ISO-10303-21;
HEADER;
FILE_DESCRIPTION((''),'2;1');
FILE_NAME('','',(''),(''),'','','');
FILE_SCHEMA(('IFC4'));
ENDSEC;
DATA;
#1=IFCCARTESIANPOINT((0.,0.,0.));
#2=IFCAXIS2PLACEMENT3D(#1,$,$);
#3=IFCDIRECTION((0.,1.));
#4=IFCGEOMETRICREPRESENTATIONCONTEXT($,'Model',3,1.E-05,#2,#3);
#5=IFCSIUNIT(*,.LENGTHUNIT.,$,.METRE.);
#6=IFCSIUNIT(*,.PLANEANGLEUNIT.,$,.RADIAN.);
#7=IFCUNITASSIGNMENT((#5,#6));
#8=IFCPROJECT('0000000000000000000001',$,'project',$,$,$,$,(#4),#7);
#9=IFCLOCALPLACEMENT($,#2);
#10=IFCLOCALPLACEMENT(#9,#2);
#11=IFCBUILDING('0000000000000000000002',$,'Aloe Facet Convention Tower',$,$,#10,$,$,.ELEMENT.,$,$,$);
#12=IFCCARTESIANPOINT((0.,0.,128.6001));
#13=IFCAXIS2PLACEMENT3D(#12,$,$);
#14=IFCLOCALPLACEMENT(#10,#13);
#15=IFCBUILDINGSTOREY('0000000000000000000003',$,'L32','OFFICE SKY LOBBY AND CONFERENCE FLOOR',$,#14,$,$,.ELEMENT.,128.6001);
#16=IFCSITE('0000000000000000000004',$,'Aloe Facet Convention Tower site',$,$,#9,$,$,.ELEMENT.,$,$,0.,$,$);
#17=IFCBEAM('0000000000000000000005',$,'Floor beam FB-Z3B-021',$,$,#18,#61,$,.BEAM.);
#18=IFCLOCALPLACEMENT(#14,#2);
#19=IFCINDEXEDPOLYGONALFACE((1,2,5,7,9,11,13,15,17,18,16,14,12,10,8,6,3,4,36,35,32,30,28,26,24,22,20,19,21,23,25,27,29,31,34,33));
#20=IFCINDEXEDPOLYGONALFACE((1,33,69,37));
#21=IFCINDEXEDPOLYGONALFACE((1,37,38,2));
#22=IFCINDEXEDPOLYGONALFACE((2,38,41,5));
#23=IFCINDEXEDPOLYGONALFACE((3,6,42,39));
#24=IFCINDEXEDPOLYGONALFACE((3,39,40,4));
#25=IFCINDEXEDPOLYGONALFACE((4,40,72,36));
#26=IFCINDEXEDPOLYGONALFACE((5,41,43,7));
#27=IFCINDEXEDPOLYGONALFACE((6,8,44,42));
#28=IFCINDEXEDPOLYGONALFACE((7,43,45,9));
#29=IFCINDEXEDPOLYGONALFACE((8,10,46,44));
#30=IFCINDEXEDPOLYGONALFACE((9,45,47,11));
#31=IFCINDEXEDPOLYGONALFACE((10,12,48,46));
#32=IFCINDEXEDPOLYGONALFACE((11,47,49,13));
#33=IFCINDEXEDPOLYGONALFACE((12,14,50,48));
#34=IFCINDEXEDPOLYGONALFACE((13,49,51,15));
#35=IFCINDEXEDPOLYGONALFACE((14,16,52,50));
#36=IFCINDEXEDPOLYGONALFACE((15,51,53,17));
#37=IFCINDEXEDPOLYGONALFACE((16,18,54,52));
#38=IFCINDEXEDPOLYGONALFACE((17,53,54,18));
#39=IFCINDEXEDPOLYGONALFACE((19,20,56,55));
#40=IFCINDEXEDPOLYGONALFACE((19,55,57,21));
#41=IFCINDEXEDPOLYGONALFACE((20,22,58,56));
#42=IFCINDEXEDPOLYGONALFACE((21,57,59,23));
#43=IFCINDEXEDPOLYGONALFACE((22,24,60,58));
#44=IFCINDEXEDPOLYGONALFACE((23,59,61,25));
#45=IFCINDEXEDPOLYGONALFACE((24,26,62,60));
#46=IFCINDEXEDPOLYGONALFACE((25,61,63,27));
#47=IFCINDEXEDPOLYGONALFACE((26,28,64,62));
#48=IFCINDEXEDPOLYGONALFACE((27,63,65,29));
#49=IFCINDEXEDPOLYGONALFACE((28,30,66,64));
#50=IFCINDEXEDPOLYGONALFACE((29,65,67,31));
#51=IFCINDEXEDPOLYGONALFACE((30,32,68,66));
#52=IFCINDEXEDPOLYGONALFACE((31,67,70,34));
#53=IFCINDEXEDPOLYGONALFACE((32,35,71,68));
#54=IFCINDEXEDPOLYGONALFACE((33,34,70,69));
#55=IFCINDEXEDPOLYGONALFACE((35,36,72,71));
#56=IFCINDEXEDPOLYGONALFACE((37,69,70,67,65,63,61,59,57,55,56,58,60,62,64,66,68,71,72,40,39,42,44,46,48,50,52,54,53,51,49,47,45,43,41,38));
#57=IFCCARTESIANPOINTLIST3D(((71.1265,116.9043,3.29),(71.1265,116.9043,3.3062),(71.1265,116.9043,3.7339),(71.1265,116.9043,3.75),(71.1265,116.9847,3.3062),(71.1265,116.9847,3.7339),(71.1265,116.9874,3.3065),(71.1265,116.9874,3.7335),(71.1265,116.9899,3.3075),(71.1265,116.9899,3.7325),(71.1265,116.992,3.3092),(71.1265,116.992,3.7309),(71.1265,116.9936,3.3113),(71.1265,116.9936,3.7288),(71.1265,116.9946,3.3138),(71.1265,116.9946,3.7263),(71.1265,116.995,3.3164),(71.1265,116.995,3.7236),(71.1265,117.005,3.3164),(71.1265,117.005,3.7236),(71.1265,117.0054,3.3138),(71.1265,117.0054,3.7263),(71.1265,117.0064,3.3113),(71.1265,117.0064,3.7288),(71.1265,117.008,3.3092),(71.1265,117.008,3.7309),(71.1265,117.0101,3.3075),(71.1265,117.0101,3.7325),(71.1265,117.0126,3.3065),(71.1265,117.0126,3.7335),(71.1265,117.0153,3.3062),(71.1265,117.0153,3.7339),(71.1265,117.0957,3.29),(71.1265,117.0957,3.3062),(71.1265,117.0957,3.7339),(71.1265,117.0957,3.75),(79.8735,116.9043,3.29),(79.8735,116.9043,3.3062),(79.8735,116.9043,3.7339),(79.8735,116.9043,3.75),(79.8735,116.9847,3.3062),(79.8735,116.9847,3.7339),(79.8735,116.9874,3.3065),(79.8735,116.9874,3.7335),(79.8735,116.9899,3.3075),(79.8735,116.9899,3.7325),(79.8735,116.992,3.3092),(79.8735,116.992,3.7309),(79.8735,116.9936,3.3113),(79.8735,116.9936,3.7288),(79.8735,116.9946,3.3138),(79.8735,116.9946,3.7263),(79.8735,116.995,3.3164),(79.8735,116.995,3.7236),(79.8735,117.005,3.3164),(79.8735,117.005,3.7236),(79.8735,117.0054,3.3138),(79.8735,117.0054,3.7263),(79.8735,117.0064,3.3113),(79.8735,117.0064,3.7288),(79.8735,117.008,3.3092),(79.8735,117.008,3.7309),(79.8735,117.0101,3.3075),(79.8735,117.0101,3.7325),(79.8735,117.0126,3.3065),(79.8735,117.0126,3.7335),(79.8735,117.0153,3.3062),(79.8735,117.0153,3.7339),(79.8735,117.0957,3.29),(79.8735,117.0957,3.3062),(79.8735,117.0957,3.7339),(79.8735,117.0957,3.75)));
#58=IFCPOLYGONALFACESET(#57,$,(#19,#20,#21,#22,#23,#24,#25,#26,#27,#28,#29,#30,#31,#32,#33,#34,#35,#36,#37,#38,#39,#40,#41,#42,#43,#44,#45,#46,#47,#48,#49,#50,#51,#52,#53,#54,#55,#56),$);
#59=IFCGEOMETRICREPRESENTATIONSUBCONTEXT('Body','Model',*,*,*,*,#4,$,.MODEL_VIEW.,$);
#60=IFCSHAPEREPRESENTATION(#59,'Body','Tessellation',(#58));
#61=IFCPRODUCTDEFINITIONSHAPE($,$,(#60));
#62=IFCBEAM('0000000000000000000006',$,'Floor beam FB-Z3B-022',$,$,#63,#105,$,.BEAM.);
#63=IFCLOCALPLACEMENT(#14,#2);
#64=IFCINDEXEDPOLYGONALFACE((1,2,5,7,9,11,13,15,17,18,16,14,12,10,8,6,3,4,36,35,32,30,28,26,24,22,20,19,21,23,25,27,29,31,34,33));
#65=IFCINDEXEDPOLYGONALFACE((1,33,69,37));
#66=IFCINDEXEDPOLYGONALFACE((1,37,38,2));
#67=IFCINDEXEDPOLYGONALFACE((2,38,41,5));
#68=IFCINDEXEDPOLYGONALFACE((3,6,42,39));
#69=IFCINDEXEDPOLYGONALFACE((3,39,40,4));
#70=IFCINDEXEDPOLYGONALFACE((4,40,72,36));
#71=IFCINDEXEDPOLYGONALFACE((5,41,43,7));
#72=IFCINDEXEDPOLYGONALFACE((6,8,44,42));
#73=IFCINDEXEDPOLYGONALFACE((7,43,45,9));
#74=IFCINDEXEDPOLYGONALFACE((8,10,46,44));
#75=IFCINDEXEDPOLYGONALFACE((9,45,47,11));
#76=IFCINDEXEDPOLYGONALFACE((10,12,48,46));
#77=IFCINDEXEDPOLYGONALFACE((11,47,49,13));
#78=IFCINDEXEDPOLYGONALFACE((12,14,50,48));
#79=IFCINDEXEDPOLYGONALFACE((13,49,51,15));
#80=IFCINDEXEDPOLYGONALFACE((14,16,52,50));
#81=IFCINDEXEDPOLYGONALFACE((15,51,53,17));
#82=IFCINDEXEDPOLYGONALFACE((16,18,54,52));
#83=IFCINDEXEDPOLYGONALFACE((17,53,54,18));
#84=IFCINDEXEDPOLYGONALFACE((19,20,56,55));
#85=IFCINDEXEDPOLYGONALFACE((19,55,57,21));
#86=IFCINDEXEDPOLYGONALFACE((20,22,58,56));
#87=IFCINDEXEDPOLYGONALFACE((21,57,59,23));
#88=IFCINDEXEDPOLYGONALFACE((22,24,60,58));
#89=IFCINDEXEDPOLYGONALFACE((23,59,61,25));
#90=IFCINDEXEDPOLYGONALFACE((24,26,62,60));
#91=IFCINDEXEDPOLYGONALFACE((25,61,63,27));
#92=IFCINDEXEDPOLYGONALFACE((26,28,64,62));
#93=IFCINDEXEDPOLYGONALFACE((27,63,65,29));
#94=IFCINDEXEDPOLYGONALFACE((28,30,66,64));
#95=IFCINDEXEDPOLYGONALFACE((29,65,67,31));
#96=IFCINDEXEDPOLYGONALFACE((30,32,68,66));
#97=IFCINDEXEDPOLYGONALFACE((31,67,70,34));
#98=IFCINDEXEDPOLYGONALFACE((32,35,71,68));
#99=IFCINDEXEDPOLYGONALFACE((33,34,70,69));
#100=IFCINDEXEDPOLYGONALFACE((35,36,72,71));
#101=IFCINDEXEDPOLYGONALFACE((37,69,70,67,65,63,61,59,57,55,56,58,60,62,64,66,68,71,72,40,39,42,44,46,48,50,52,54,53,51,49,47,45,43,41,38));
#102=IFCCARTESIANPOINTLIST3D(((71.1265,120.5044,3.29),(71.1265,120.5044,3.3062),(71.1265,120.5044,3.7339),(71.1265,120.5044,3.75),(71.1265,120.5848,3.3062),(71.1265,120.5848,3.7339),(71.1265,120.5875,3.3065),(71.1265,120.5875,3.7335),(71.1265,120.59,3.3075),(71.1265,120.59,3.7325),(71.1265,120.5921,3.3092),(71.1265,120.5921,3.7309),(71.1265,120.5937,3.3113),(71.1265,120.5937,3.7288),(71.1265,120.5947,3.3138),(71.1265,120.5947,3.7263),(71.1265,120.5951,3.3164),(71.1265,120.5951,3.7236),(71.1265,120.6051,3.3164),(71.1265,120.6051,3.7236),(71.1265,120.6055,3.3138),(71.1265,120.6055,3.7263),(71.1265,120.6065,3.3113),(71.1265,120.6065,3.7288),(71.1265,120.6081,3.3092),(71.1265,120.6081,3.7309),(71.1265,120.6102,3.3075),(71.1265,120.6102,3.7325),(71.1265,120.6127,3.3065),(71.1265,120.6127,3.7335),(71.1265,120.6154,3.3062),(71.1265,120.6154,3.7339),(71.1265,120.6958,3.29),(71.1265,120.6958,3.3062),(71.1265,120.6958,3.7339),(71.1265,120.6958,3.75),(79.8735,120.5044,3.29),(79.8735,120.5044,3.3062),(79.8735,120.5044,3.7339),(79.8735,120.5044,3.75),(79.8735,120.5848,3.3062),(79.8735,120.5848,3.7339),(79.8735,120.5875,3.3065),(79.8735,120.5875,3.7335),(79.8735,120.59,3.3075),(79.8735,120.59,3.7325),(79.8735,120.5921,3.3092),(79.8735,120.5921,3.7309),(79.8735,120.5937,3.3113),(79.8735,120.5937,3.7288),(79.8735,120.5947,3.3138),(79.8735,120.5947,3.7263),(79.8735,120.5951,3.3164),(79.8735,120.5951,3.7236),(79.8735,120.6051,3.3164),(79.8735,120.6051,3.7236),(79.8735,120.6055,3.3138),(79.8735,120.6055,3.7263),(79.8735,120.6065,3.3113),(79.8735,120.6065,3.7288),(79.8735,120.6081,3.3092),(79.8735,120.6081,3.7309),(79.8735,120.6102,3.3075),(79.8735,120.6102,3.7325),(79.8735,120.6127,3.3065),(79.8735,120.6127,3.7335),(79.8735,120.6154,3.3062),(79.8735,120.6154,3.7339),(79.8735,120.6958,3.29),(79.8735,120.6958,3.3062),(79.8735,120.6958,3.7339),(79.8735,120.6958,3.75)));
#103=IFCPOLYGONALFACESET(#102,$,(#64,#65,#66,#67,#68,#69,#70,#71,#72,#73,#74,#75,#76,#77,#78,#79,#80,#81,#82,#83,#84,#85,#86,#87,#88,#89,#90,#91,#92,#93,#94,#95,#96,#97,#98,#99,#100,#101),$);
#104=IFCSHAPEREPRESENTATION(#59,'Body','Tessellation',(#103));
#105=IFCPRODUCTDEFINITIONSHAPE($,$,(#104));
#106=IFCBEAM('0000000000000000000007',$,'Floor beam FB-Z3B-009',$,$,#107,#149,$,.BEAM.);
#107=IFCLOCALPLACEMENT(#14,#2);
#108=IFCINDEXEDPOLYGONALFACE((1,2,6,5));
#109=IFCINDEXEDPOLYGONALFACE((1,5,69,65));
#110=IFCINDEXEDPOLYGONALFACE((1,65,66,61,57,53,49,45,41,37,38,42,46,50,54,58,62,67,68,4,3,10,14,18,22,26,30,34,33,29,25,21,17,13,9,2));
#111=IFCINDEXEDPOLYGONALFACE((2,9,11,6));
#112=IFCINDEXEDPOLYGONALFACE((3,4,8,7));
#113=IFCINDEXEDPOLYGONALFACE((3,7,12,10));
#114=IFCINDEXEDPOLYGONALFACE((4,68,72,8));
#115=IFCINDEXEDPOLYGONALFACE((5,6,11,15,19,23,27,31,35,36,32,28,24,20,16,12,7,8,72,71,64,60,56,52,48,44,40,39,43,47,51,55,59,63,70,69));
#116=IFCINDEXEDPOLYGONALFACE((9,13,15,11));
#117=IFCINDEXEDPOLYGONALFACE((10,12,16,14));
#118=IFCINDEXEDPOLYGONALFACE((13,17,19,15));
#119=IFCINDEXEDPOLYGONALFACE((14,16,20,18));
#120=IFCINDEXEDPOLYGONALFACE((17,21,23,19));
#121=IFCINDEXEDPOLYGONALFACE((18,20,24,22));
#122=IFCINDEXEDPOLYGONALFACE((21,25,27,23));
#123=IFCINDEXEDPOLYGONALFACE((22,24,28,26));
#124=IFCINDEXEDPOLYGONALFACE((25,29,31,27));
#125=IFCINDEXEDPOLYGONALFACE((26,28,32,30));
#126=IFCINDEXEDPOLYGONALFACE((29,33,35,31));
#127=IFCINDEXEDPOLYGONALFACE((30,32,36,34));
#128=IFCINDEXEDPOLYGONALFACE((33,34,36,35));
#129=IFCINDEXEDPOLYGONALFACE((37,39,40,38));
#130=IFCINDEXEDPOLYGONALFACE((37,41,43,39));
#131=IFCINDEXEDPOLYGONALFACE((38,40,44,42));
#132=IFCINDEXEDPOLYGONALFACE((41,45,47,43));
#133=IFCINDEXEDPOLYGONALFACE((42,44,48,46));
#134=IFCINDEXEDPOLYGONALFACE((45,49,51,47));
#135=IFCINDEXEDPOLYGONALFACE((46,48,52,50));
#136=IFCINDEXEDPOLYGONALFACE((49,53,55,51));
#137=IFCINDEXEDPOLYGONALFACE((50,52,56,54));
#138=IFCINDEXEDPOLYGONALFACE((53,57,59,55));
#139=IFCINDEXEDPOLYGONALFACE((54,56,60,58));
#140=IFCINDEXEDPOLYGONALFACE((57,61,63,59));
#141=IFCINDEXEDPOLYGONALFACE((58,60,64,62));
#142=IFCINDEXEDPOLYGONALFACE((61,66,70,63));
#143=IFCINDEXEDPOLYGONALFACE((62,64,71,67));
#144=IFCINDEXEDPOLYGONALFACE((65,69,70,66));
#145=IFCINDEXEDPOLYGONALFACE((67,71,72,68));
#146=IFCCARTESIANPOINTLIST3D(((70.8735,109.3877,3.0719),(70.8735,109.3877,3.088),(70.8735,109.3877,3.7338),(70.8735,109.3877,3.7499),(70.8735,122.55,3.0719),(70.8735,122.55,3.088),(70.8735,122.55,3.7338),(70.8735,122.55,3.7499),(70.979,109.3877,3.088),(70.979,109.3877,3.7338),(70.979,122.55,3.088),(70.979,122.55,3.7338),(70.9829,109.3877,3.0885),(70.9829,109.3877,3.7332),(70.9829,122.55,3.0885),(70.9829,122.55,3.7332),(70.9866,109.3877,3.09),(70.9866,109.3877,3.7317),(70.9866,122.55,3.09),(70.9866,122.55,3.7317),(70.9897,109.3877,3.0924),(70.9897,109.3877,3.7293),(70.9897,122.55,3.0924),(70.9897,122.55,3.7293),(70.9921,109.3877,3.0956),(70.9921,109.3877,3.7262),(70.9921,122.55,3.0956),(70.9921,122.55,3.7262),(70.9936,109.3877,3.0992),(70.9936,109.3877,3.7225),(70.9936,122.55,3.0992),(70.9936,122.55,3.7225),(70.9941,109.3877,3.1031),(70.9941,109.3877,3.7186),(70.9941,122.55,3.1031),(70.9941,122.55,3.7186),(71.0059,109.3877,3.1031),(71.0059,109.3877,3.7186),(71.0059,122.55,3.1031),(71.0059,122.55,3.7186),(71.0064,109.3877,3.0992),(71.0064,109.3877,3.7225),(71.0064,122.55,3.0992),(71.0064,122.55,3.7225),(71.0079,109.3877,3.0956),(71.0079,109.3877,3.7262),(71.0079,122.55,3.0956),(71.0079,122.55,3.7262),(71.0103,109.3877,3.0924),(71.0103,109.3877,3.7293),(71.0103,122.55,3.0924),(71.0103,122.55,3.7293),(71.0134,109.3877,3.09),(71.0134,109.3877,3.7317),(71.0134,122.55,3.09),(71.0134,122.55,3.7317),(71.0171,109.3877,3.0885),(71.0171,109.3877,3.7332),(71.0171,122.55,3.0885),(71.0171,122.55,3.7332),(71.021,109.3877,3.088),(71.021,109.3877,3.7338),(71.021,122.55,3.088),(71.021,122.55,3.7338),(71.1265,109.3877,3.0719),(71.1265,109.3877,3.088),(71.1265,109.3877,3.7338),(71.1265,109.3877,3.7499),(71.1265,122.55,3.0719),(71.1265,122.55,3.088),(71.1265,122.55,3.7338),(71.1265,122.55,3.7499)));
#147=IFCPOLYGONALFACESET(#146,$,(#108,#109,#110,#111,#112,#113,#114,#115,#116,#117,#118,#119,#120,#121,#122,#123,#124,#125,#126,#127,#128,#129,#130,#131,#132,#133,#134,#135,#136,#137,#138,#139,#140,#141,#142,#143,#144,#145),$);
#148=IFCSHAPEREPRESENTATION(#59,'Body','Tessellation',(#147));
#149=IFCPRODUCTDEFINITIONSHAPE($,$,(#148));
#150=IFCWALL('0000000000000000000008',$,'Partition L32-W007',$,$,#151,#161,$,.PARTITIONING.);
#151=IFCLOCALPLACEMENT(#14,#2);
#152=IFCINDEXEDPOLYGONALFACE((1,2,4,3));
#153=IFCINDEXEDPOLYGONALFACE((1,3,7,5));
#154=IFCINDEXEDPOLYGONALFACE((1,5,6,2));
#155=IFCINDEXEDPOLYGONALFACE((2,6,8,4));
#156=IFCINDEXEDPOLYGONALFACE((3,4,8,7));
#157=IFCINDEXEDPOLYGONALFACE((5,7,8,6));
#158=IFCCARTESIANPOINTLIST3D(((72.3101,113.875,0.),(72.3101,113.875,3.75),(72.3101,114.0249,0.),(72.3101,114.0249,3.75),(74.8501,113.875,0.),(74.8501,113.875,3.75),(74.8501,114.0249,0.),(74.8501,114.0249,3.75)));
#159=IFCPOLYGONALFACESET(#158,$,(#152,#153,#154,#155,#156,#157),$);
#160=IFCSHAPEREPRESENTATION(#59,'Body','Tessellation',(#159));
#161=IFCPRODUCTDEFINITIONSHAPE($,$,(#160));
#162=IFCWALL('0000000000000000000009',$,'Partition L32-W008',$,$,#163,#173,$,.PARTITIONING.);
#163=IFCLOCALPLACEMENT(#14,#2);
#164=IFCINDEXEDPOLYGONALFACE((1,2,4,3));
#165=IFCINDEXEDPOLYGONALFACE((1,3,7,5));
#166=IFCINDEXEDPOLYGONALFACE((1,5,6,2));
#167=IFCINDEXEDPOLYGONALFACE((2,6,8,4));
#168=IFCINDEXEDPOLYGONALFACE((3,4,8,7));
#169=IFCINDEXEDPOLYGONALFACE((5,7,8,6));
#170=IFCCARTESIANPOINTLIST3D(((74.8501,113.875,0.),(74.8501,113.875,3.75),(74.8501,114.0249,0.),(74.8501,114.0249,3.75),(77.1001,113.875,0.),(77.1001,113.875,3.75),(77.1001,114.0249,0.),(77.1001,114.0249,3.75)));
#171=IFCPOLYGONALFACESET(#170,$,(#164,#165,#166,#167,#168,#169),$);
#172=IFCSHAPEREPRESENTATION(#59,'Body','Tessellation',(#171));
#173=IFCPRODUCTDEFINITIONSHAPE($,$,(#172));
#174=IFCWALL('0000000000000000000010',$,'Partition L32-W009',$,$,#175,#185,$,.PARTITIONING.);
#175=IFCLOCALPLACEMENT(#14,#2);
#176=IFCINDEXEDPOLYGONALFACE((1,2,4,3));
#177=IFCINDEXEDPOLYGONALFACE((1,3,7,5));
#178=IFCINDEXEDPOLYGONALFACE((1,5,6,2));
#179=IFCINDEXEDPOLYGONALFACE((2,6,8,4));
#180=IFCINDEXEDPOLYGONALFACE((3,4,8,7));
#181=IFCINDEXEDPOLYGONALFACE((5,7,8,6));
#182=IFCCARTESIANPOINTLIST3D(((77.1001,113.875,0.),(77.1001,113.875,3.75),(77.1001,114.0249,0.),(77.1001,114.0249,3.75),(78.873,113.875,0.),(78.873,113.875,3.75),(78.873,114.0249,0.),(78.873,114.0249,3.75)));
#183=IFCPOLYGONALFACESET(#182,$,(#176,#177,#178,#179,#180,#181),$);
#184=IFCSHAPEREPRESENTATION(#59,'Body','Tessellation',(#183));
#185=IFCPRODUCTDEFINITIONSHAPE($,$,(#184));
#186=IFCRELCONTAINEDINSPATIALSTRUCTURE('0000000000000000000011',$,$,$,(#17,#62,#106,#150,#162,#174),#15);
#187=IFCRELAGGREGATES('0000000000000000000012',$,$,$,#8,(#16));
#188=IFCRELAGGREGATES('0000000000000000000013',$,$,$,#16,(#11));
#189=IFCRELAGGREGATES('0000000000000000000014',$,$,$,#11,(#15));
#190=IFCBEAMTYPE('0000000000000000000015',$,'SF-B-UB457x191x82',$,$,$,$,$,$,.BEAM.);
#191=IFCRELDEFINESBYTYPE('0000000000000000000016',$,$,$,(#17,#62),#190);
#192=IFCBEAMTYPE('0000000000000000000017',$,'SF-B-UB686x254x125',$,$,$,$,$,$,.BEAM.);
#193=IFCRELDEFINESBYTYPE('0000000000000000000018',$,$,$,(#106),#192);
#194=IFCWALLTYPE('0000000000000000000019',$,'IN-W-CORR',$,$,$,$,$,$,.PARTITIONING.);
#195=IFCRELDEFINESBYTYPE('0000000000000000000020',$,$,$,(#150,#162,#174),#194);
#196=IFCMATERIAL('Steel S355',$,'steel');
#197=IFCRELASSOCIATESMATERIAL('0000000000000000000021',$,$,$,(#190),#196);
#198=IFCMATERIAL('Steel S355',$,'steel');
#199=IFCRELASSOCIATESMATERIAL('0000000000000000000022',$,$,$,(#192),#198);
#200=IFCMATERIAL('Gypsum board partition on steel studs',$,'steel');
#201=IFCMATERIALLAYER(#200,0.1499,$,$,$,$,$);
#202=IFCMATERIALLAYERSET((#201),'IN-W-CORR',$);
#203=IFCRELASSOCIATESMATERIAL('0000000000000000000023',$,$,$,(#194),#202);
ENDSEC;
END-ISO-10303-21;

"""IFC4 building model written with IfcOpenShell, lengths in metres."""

from ifc_helpers import new_model, si_unit, direction, frame, frame_2d, origin, origin_2d, place, context, subcontext, project, spatial, rectangle, i_section, extrude, material, layer, layer_set, material_profile, profile_set, type_object, element, save


model = new_model("IFC4")

# Units and contexts
model_context = context("Model", 3, precision=1e-05, world=origin(), true_north=direction((0.0, 1.0)))
body_context = subcontext(model_context, "Body", "Model", "MODEL_VIEW")
ifc_project = project(units=[si_unit("LENGTHUNIT", "METRE"), si_unit("PLANEANGLEUNIT", "RADIAN")], contexts=[model_context])

# Site, building, storey
site_placement = place(None, origin())
site = spatial("IfcSite", under=ifc_project, at=site_placement, Name="Aloe Facet Convention Tower site", CompositionType="ELEMENT", RefElevation=0.0)
building_placement = place(site_placement, origin())
building = spatial("IfcBuilding", under=site, at=building_placement, Name="Aloe Facet Convention Tower", CompositionType="ELEMENT")
storey_placement = place(building_placement, frame((0.0, 0.0, 128.6001)))
storey = spatial("IfcBuildingStorey", under=building, at=storey_placement, Name="L32", Description="OFFICE SKY LOBBY AND CONFERENCE FLOOR", CompositionType="ELEMENT", Elevation=128.6001)

# Beams
ifc_material_1 = material(Name="Steel S355", Category="steel")
ifc_material_profile_1 = material_profile(ifc_material_1, i_section(OverallWidth=0.1914, OverallDepth=0.46, WebThickness=0.01, FlangeThickness=0.0161, FilletRadius=0.0103, at=origin_2d()), Name="UB 457x191x82")
ifc_profile_set_1 = profile_set([ifc_material_profile_1], Name="Steel S355")
beam_type_1 = type_object("IfcBeamType", Name="SF-B-UB457x191x82", PredefinedType="BEAM", material=ifc_profile_set_1)
for number, where, z_axis, x_axis, name in (
    (1, (71.1265, 117.0, 3.52), (1.0, 0.0, 0.0), (0.0, 1.0, 0.0), "Floor beam FB-Z3B-021"),
    (2, (71.1265, 120.6001, 3.52), (1.0, 0.0, 0.0), (0.0, 1.0, 0.0), "Floor beam FB-Z3B-022"),
):
    element("IfcBeam", number, at=place(storey_placement, frame(where, z_axis=z_axis, x_axis=x_axis)), inside=storey, type_object=beam_type_1, Name=name, PredefinedType="BEAM", context=body_context, shape_type="SweptSolid", body=[
        extrude(i_section(OverallWidth=0.1914, OverallDepth=0.46, WebThickness=0.01, FlangeThickness=0.0161, FilletRadius=0.0103, at=origin_2d()), origin(), (0.0, 0.0, 1.0), 8.7471),
    ])
ifc_material_2 = material(Name="Steel S355", Category="steel")
ifc_material_profile_2 = material_profile(ifc_material_2, i_section(OverallWidth=0.2529, OverallDepth=0.678, WebThickness=0.0117, FlangeThickness=0.0161, FilletRadius=0.0151, at=origin_2d()), Name="UB 686x254x125")
ifc_profile_set_2 = profile_set([ifc_material_profile_2], Name="Steel S355")
beam_type_2 = type_object("IfcBeamType", Name="SF-B-UB686x254x125", PredefinedType="BEAM", material=ifc_profile_set_2)
beam_placement = place(storey_placement, frame((71.0, 122.55, 3.4109), z_axis=(0.0, -1.0, 0.0), x_axis=(1.0, 0.0, 0.0)))
element("IfcBeam", 3, at=beam_placement, inside=storey, type_object=beam_type_2, Name="Floor beam FB-Z3B-009", PredefinedType="BEAM", context=body_context, shape_type="SweptSolid", body=[
    extrude(i_section(OverallWidth=0.2529, OverallDepth=0.678, WebThickness=0.0117, FlangeThickness=0.0161, FilletRadius=0.0151, at=origin_2d()), origin(), (0.0, 0.0, 1.0), 13.1624),
])

# Walls
ifc_material_3 = material(Name="Gypsum board partition on steel studs", Category="steel")
ifc_layer_1 = layer(ifc_material_3, 0.1499)
ifc_layer_set_1 = layer_set([ifc_layer_1], Name="IN-W-CORR")
wall_type_1 = type_object("IfcWallType", Name="IN-W-CORR", PredefinedType="PARTITIONING", material=ifc_layer_set_1)
wall_1_placement = place(storey_placement, frame((72.3101, 113.95, 0.0), z_axis=(0.0, 0.0, 1.0), x_axis=(1.0, 0.0, 0.0)))
element("IfcWall", 4, at=wall_1_placement, inside=storey, type_object=wall_type_1, Name="Partition L32-W007", PredefinedType="PARTITIONING", context=body_context, shape_type="SweptSolid", body=[
    extrude(rectangle(XDim=2.54, YDim=0.1499, at=frame_2d((1.27, 0.0))), origin(), (0.0, 0.0, 1.0), 3.75),
])
wall_2_placement = place(storey_placement, frame((74.8501, 113.95, 0.0), z_axis=(0.0, 0.0, 1.0), x_axis=(1.0, 0.0, 0.0)))
element("IfcWall", 5, at=wall_2_placement, inside=storey, type_object=wall_type_1, Name="Partition L32-W008", PredefinedType="PARTITIONING", context=body_context, shape_type="SweptSolid", body=[
    extrude(rectangle(XDim=2.25, YDim=0.1499, at=frame_2d((1.125, 0.0))), origin(), (0.0, 0.0, 1.0), 3.75),
])
wall_3_placement = place(storey_placement, frame((77.1001, 113.95, 0.0), z_axis=(0.0, 0.0, 1.0), x_axis=(1.0, 0.0, 0.0)))
element("IfcWall", 6, at=wall_3_placement, inside=storey, type_object=wall_type_1, Name="Partition L32-W009", PredefinedType="PARTITIONING", context=body_context, shape_type="SweptSolid", body=[
    extrude(rectangle(XDim=1.7729, YDim=0.1499, at=frame_2d((0.8865, 0.0))), origin(), (0.0, 0.0, 1.0), 3.75),
])

save(model, "model.ifc")
